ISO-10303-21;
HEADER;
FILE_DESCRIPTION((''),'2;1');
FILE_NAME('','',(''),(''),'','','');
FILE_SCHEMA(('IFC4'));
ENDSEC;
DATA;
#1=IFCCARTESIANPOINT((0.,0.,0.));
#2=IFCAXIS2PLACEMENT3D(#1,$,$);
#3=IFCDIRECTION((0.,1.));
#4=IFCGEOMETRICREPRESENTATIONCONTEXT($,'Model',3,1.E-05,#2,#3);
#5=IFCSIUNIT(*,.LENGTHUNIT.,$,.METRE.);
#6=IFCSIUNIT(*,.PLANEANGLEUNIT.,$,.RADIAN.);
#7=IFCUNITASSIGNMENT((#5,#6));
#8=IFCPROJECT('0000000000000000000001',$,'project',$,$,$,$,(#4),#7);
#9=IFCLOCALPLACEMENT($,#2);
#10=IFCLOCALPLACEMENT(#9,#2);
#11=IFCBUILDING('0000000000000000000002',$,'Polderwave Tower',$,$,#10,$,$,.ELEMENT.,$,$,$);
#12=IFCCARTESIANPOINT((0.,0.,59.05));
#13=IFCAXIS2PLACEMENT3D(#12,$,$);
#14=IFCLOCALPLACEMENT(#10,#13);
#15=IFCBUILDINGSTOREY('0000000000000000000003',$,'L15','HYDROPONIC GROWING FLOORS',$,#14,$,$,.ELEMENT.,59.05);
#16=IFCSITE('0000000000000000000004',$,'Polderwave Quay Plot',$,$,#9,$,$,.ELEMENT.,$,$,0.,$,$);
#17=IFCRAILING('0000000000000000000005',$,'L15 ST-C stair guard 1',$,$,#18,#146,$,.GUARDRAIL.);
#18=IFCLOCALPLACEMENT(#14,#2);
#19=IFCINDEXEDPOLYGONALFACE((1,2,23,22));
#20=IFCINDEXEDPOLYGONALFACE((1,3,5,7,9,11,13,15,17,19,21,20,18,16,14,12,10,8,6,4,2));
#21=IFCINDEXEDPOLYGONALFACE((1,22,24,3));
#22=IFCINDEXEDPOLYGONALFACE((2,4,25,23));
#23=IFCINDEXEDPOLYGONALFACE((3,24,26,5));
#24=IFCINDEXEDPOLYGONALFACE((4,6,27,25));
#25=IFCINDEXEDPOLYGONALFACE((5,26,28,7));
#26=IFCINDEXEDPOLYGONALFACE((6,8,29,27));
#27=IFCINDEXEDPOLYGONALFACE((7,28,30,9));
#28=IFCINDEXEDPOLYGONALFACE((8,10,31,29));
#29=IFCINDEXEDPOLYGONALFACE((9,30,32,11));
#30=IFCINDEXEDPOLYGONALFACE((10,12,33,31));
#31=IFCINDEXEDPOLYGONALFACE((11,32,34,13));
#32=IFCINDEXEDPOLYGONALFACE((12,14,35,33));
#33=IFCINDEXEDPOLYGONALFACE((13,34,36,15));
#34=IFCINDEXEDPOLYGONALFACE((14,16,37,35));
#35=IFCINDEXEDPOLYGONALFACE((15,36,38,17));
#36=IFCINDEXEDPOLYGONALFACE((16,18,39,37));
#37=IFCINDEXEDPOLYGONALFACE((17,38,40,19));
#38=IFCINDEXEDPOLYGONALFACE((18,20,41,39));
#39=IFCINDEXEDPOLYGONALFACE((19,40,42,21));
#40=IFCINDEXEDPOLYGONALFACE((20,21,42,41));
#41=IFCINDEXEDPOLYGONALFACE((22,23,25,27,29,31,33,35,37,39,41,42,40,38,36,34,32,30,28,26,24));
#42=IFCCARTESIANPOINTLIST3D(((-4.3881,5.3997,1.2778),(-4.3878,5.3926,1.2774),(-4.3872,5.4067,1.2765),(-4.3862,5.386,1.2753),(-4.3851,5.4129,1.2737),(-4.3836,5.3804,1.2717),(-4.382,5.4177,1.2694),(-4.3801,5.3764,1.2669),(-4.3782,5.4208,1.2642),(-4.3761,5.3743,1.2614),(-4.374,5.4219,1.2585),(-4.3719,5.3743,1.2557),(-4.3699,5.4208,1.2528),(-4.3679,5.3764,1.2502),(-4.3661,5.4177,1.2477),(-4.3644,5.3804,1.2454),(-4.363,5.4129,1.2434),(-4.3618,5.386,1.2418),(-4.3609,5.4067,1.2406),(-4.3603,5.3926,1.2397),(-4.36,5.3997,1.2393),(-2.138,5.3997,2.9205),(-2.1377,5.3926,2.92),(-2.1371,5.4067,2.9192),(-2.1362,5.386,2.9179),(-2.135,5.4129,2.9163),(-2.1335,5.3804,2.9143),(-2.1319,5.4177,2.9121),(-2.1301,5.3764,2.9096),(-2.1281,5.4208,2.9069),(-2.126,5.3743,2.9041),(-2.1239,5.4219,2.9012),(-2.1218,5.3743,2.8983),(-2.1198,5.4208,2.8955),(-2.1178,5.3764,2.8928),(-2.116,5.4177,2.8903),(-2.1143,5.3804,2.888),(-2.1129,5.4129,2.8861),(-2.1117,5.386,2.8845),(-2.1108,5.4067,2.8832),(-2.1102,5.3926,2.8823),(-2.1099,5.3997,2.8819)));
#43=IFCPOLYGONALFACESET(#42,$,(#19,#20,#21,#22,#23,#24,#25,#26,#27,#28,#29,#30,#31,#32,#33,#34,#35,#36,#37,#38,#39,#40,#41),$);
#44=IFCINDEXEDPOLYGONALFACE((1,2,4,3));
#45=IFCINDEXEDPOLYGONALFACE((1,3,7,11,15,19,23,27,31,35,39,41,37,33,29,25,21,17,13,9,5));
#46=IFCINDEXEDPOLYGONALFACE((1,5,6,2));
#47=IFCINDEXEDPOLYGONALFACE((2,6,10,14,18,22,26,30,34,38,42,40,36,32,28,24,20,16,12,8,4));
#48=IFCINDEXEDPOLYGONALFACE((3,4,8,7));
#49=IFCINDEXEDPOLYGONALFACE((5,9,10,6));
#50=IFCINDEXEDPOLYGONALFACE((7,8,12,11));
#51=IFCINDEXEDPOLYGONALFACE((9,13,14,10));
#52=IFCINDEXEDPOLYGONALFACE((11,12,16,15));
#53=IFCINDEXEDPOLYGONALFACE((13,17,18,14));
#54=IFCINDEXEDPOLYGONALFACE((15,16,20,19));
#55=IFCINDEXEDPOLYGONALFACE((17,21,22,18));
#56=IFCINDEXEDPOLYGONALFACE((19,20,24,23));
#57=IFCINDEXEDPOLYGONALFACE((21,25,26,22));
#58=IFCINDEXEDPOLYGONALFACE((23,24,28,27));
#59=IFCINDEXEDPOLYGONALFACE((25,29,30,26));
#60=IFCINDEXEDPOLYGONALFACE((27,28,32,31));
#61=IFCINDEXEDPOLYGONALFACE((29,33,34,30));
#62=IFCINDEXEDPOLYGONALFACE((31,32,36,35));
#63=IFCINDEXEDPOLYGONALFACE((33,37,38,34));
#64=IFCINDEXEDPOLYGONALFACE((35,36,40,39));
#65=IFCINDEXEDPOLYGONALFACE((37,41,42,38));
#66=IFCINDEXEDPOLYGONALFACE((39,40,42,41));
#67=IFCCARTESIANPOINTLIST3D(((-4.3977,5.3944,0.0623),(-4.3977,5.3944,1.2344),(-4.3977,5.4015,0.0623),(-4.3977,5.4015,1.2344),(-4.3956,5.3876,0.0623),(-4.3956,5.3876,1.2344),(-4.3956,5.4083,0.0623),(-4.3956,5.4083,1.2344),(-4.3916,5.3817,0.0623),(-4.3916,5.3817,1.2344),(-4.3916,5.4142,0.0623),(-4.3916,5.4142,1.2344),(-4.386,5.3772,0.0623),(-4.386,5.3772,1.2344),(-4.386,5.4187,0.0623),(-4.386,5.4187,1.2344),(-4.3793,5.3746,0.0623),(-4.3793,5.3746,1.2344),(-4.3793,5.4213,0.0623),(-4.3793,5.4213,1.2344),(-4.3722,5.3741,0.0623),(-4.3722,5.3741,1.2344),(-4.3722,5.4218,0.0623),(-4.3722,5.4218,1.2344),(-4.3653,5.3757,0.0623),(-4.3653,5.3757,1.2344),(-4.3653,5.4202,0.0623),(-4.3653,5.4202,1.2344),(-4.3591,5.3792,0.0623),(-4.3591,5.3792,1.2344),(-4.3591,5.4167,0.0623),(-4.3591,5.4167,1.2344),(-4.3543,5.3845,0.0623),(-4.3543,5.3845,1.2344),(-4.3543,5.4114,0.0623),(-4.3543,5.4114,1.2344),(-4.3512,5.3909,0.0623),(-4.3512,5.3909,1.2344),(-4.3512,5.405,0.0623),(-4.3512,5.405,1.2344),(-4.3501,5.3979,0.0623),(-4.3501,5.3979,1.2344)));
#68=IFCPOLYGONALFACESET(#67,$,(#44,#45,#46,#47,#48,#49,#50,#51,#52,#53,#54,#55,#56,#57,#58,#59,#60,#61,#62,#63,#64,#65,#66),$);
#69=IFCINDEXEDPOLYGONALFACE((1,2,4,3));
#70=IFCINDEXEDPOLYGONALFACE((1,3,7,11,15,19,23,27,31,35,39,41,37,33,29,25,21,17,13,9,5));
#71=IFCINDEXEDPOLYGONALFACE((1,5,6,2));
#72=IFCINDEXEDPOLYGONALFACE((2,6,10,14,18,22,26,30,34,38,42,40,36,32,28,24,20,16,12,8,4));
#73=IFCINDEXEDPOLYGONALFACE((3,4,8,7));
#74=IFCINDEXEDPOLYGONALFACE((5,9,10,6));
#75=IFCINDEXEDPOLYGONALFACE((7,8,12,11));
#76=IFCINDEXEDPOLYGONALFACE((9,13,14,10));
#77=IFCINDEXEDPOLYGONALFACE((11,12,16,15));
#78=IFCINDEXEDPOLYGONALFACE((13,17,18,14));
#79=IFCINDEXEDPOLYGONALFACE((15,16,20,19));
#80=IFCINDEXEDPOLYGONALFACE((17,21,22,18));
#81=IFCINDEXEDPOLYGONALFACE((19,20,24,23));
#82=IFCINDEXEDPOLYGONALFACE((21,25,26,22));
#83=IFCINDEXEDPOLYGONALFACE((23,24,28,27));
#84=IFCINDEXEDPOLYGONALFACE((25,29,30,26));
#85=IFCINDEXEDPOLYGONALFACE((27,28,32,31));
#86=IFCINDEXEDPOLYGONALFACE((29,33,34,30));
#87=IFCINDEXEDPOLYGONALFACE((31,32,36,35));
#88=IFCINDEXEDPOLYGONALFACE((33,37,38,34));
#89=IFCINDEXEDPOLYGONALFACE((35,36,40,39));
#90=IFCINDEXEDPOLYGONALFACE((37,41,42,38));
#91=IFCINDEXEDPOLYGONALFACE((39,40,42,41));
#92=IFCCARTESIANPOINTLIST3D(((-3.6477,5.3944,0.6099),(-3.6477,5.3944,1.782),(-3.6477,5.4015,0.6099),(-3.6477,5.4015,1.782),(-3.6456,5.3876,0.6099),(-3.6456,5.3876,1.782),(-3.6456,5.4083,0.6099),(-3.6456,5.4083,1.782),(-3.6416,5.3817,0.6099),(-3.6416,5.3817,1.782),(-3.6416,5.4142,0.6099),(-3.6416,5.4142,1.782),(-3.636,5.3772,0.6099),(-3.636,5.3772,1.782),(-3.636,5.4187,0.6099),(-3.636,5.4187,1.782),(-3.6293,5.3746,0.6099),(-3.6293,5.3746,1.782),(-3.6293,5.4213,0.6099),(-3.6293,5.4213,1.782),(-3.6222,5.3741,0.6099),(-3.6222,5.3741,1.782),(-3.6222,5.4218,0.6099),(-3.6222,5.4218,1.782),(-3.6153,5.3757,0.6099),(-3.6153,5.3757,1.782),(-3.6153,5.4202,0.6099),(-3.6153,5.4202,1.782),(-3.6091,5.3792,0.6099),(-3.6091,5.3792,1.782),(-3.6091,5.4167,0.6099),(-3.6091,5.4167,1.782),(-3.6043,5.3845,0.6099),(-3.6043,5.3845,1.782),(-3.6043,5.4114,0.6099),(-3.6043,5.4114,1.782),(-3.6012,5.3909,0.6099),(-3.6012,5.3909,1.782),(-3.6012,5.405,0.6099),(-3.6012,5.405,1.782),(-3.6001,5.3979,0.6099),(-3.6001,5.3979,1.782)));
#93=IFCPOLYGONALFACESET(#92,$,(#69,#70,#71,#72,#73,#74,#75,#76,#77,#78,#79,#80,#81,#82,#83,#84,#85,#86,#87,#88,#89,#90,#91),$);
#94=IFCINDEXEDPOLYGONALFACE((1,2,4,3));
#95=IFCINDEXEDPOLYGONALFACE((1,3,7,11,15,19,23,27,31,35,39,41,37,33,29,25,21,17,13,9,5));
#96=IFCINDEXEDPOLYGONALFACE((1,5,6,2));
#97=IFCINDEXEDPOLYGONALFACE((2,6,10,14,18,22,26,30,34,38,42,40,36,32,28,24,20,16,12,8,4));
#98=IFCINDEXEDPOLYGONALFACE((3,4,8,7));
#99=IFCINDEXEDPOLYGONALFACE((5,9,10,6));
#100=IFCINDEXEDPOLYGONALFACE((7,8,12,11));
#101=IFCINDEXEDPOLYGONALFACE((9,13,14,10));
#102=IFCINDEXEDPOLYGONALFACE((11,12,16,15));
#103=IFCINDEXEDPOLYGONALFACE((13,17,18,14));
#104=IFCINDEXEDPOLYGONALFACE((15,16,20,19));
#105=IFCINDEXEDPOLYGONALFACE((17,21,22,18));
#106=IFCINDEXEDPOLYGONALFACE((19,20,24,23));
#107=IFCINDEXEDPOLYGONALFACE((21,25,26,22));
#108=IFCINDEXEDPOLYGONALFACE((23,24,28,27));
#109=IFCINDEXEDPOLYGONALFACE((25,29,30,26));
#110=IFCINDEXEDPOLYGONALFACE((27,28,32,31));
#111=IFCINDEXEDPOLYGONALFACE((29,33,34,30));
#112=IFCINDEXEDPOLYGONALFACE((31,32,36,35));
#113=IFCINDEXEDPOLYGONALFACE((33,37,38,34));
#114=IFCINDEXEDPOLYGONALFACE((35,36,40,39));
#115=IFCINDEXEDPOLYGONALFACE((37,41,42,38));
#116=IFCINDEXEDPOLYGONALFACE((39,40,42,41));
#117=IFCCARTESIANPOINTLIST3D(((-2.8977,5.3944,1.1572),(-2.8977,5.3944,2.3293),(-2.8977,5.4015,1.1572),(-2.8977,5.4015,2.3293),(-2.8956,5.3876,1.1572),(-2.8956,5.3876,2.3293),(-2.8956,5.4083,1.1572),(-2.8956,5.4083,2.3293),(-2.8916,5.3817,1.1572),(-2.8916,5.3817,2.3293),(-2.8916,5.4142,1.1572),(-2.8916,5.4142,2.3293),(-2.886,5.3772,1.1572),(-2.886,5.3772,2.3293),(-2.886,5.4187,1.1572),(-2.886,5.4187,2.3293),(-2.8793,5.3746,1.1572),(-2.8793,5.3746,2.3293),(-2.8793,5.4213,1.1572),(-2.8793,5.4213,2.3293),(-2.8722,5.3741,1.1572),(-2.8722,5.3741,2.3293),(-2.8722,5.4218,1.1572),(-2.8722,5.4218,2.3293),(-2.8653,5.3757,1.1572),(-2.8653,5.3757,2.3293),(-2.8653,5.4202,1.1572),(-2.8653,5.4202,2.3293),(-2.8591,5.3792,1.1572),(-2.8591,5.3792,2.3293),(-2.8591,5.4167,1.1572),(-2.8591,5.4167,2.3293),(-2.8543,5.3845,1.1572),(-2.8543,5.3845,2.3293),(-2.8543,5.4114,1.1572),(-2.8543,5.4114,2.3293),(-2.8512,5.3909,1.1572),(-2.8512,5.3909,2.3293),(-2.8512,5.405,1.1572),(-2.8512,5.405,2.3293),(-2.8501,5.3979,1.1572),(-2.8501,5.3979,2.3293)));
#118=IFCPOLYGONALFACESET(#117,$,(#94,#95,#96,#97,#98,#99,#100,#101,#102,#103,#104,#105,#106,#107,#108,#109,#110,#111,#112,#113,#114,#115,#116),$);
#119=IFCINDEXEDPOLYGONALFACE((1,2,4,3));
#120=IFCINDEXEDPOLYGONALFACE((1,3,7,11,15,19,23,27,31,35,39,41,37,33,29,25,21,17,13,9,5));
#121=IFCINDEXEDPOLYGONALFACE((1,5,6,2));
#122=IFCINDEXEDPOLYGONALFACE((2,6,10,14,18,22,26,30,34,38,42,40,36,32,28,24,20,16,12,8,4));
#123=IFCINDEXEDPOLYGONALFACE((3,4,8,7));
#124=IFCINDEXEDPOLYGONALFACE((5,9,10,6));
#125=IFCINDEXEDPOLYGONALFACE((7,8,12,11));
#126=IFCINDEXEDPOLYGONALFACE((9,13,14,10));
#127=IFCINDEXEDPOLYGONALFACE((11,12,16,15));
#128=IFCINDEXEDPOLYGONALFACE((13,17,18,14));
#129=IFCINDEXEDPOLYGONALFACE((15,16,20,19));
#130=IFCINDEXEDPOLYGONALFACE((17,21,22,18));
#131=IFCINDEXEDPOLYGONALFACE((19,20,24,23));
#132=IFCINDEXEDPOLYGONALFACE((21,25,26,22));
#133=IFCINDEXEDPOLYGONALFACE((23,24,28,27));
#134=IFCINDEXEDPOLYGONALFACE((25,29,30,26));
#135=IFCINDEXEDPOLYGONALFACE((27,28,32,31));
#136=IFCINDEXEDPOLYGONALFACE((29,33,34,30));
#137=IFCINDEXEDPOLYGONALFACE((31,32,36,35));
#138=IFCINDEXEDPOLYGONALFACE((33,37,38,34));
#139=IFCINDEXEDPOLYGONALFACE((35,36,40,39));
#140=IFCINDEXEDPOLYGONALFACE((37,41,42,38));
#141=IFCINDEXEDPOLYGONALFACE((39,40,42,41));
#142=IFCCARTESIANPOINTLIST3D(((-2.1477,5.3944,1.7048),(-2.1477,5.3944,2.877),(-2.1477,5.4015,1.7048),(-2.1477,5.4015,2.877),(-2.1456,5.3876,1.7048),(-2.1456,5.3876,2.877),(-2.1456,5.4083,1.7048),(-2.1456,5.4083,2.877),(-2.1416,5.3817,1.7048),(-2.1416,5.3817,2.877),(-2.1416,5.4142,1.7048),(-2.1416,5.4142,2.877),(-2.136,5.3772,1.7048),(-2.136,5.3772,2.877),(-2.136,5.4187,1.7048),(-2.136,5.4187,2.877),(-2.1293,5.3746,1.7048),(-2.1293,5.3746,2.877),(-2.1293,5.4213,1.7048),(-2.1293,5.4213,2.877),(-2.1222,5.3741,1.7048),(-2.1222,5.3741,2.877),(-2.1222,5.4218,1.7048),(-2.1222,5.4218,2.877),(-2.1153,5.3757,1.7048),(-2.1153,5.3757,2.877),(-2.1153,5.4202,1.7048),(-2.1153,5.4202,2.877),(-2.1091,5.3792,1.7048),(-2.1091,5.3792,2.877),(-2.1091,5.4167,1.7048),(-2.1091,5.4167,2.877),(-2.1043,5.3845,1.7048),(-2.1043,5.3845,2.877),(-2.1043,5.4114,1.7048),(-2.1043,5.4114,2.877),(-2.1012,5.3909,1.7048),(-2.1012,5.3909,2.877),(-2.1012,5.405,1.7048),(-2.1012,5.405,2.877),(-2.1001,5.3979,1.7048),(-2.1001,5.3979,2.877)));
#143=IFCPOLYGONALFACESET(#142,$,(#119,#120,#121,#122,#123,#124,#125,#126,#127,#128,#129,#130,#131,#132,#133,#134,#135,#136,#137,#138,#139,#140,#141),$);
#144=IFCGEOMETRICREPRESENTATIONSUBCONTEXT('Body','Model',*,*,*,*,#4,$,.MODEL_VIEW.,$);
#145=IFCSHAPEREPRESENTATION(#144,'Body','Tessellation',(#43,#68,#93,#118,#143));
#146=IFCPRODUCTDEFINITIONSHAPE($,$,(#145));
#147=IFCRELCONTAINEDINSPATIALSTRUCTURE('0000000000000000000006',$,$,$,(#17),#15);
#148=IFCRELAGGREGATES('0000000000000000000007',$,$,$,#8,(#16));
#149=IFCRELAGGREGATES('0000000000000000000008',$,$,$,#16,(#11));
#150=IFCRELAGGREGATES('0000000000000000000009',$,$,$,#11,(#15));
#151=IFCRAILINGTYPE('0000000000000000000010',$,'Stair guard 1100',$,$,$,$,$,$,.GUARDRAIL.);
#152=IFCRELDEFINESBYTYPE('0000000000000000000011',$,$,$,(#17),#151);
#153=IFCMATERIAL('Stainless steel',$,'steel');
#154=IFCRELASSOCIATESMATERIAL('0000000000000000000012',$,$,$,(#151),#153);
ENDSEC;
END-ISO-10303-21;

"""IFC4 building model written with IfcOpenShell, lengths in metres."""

from ifc_helpers import new_model, si_unit, direction, frame, origin, origin_2d, place, context, subcontext, project, spatial, circle, extrude, material, type_object, element, save


model = new_model("IFC4")

# Units and contexts
model_context = context("Model", 3, precision=1e-05, world=origin(), true_north=direction((0.0, 1.0)))
body_context = subcontext(model_context, "Body", "Model", "MODEL_VIEW")
ifc_project = project(units=[si_unit("LENGTHUNIT", "METRE"), si_unit("PLANEANGLEUNIT", "RADIAN")], contexts=[model_context])

# Site, building, storey
site_placement = place(None, origin())
site = spatial("IfcSite", under=ifc_project, at=site_placement, Name="Polderwave Quay Plot", CompositionType="ELEMENT", RefElevation=0.0)
building_placement = place(site_placement, origin())
building = spatial("IfcBuilding", under=site, at=building_placement, Name="Polderwave Tower", CompositionType="ELEMENT")
storey_placement = place(building_placement, frame((0.0, 0.0, 59.05)))
storey = spatial("IfcBuildingStorey", under=building, at=storey_placement, Name="L15", Description="HYDROPONIC GROWING FLOORS", CompositionType="ELEMENT", Elevation=59.05)

# Railing
ifc_material_1 = material(Name="Stainless steel", Category="steel")
railing_type_1 = type_object("IfcRailingType", Name="Stair guard 1100", PredefinedType="GUARDRAIL", material=ifc_material_1)
railing_1_placement = place(storey_placement, frame((-4.374, 5.3979, 0.0623)))
element("IfcRailing", 1, at=railing_1_placement, inside=storey, type_object=railing_type_1, Name="L15 ST-C stair guard 1", PredefinedType="GUARDRAIL", context=body_context, shape_type="SweptSolid", body=[
    extrude(circle(Radius=0.0239, at=origin_2d()), frame((0.0, 0.0, 1.1963), z_axis=(0.807674, 0.0, 0.58963), x_axis=(0.0, 1.0, 0.0)), (0.0, 0.0, 1.0), 2.7859),
    extrude(circle(Radius=0.0239, at=origin_2d()), origin(), (0.0, 0.0, 1.0), 1.1721),
    extrude(circle(Radius=0.0239, at=origin_2d()), frame((0.75, 0.0, 0.5476)), (0.0, 0.0, 1.0), 1.1721),
    extrude(circle(Radius=0.0239, at=origin_2d()), frame((1.5, 0.0, 1.095)), (0.0, 0.0, 1.0), 1.1721),
    extrude(circle(Radius=0.0239, at=origin_2d()), frame((2.25, 0.0, 1.6426)), (0.0, 0.0, 1.0), 1.1721),
])

save(model, "model.ifc")
